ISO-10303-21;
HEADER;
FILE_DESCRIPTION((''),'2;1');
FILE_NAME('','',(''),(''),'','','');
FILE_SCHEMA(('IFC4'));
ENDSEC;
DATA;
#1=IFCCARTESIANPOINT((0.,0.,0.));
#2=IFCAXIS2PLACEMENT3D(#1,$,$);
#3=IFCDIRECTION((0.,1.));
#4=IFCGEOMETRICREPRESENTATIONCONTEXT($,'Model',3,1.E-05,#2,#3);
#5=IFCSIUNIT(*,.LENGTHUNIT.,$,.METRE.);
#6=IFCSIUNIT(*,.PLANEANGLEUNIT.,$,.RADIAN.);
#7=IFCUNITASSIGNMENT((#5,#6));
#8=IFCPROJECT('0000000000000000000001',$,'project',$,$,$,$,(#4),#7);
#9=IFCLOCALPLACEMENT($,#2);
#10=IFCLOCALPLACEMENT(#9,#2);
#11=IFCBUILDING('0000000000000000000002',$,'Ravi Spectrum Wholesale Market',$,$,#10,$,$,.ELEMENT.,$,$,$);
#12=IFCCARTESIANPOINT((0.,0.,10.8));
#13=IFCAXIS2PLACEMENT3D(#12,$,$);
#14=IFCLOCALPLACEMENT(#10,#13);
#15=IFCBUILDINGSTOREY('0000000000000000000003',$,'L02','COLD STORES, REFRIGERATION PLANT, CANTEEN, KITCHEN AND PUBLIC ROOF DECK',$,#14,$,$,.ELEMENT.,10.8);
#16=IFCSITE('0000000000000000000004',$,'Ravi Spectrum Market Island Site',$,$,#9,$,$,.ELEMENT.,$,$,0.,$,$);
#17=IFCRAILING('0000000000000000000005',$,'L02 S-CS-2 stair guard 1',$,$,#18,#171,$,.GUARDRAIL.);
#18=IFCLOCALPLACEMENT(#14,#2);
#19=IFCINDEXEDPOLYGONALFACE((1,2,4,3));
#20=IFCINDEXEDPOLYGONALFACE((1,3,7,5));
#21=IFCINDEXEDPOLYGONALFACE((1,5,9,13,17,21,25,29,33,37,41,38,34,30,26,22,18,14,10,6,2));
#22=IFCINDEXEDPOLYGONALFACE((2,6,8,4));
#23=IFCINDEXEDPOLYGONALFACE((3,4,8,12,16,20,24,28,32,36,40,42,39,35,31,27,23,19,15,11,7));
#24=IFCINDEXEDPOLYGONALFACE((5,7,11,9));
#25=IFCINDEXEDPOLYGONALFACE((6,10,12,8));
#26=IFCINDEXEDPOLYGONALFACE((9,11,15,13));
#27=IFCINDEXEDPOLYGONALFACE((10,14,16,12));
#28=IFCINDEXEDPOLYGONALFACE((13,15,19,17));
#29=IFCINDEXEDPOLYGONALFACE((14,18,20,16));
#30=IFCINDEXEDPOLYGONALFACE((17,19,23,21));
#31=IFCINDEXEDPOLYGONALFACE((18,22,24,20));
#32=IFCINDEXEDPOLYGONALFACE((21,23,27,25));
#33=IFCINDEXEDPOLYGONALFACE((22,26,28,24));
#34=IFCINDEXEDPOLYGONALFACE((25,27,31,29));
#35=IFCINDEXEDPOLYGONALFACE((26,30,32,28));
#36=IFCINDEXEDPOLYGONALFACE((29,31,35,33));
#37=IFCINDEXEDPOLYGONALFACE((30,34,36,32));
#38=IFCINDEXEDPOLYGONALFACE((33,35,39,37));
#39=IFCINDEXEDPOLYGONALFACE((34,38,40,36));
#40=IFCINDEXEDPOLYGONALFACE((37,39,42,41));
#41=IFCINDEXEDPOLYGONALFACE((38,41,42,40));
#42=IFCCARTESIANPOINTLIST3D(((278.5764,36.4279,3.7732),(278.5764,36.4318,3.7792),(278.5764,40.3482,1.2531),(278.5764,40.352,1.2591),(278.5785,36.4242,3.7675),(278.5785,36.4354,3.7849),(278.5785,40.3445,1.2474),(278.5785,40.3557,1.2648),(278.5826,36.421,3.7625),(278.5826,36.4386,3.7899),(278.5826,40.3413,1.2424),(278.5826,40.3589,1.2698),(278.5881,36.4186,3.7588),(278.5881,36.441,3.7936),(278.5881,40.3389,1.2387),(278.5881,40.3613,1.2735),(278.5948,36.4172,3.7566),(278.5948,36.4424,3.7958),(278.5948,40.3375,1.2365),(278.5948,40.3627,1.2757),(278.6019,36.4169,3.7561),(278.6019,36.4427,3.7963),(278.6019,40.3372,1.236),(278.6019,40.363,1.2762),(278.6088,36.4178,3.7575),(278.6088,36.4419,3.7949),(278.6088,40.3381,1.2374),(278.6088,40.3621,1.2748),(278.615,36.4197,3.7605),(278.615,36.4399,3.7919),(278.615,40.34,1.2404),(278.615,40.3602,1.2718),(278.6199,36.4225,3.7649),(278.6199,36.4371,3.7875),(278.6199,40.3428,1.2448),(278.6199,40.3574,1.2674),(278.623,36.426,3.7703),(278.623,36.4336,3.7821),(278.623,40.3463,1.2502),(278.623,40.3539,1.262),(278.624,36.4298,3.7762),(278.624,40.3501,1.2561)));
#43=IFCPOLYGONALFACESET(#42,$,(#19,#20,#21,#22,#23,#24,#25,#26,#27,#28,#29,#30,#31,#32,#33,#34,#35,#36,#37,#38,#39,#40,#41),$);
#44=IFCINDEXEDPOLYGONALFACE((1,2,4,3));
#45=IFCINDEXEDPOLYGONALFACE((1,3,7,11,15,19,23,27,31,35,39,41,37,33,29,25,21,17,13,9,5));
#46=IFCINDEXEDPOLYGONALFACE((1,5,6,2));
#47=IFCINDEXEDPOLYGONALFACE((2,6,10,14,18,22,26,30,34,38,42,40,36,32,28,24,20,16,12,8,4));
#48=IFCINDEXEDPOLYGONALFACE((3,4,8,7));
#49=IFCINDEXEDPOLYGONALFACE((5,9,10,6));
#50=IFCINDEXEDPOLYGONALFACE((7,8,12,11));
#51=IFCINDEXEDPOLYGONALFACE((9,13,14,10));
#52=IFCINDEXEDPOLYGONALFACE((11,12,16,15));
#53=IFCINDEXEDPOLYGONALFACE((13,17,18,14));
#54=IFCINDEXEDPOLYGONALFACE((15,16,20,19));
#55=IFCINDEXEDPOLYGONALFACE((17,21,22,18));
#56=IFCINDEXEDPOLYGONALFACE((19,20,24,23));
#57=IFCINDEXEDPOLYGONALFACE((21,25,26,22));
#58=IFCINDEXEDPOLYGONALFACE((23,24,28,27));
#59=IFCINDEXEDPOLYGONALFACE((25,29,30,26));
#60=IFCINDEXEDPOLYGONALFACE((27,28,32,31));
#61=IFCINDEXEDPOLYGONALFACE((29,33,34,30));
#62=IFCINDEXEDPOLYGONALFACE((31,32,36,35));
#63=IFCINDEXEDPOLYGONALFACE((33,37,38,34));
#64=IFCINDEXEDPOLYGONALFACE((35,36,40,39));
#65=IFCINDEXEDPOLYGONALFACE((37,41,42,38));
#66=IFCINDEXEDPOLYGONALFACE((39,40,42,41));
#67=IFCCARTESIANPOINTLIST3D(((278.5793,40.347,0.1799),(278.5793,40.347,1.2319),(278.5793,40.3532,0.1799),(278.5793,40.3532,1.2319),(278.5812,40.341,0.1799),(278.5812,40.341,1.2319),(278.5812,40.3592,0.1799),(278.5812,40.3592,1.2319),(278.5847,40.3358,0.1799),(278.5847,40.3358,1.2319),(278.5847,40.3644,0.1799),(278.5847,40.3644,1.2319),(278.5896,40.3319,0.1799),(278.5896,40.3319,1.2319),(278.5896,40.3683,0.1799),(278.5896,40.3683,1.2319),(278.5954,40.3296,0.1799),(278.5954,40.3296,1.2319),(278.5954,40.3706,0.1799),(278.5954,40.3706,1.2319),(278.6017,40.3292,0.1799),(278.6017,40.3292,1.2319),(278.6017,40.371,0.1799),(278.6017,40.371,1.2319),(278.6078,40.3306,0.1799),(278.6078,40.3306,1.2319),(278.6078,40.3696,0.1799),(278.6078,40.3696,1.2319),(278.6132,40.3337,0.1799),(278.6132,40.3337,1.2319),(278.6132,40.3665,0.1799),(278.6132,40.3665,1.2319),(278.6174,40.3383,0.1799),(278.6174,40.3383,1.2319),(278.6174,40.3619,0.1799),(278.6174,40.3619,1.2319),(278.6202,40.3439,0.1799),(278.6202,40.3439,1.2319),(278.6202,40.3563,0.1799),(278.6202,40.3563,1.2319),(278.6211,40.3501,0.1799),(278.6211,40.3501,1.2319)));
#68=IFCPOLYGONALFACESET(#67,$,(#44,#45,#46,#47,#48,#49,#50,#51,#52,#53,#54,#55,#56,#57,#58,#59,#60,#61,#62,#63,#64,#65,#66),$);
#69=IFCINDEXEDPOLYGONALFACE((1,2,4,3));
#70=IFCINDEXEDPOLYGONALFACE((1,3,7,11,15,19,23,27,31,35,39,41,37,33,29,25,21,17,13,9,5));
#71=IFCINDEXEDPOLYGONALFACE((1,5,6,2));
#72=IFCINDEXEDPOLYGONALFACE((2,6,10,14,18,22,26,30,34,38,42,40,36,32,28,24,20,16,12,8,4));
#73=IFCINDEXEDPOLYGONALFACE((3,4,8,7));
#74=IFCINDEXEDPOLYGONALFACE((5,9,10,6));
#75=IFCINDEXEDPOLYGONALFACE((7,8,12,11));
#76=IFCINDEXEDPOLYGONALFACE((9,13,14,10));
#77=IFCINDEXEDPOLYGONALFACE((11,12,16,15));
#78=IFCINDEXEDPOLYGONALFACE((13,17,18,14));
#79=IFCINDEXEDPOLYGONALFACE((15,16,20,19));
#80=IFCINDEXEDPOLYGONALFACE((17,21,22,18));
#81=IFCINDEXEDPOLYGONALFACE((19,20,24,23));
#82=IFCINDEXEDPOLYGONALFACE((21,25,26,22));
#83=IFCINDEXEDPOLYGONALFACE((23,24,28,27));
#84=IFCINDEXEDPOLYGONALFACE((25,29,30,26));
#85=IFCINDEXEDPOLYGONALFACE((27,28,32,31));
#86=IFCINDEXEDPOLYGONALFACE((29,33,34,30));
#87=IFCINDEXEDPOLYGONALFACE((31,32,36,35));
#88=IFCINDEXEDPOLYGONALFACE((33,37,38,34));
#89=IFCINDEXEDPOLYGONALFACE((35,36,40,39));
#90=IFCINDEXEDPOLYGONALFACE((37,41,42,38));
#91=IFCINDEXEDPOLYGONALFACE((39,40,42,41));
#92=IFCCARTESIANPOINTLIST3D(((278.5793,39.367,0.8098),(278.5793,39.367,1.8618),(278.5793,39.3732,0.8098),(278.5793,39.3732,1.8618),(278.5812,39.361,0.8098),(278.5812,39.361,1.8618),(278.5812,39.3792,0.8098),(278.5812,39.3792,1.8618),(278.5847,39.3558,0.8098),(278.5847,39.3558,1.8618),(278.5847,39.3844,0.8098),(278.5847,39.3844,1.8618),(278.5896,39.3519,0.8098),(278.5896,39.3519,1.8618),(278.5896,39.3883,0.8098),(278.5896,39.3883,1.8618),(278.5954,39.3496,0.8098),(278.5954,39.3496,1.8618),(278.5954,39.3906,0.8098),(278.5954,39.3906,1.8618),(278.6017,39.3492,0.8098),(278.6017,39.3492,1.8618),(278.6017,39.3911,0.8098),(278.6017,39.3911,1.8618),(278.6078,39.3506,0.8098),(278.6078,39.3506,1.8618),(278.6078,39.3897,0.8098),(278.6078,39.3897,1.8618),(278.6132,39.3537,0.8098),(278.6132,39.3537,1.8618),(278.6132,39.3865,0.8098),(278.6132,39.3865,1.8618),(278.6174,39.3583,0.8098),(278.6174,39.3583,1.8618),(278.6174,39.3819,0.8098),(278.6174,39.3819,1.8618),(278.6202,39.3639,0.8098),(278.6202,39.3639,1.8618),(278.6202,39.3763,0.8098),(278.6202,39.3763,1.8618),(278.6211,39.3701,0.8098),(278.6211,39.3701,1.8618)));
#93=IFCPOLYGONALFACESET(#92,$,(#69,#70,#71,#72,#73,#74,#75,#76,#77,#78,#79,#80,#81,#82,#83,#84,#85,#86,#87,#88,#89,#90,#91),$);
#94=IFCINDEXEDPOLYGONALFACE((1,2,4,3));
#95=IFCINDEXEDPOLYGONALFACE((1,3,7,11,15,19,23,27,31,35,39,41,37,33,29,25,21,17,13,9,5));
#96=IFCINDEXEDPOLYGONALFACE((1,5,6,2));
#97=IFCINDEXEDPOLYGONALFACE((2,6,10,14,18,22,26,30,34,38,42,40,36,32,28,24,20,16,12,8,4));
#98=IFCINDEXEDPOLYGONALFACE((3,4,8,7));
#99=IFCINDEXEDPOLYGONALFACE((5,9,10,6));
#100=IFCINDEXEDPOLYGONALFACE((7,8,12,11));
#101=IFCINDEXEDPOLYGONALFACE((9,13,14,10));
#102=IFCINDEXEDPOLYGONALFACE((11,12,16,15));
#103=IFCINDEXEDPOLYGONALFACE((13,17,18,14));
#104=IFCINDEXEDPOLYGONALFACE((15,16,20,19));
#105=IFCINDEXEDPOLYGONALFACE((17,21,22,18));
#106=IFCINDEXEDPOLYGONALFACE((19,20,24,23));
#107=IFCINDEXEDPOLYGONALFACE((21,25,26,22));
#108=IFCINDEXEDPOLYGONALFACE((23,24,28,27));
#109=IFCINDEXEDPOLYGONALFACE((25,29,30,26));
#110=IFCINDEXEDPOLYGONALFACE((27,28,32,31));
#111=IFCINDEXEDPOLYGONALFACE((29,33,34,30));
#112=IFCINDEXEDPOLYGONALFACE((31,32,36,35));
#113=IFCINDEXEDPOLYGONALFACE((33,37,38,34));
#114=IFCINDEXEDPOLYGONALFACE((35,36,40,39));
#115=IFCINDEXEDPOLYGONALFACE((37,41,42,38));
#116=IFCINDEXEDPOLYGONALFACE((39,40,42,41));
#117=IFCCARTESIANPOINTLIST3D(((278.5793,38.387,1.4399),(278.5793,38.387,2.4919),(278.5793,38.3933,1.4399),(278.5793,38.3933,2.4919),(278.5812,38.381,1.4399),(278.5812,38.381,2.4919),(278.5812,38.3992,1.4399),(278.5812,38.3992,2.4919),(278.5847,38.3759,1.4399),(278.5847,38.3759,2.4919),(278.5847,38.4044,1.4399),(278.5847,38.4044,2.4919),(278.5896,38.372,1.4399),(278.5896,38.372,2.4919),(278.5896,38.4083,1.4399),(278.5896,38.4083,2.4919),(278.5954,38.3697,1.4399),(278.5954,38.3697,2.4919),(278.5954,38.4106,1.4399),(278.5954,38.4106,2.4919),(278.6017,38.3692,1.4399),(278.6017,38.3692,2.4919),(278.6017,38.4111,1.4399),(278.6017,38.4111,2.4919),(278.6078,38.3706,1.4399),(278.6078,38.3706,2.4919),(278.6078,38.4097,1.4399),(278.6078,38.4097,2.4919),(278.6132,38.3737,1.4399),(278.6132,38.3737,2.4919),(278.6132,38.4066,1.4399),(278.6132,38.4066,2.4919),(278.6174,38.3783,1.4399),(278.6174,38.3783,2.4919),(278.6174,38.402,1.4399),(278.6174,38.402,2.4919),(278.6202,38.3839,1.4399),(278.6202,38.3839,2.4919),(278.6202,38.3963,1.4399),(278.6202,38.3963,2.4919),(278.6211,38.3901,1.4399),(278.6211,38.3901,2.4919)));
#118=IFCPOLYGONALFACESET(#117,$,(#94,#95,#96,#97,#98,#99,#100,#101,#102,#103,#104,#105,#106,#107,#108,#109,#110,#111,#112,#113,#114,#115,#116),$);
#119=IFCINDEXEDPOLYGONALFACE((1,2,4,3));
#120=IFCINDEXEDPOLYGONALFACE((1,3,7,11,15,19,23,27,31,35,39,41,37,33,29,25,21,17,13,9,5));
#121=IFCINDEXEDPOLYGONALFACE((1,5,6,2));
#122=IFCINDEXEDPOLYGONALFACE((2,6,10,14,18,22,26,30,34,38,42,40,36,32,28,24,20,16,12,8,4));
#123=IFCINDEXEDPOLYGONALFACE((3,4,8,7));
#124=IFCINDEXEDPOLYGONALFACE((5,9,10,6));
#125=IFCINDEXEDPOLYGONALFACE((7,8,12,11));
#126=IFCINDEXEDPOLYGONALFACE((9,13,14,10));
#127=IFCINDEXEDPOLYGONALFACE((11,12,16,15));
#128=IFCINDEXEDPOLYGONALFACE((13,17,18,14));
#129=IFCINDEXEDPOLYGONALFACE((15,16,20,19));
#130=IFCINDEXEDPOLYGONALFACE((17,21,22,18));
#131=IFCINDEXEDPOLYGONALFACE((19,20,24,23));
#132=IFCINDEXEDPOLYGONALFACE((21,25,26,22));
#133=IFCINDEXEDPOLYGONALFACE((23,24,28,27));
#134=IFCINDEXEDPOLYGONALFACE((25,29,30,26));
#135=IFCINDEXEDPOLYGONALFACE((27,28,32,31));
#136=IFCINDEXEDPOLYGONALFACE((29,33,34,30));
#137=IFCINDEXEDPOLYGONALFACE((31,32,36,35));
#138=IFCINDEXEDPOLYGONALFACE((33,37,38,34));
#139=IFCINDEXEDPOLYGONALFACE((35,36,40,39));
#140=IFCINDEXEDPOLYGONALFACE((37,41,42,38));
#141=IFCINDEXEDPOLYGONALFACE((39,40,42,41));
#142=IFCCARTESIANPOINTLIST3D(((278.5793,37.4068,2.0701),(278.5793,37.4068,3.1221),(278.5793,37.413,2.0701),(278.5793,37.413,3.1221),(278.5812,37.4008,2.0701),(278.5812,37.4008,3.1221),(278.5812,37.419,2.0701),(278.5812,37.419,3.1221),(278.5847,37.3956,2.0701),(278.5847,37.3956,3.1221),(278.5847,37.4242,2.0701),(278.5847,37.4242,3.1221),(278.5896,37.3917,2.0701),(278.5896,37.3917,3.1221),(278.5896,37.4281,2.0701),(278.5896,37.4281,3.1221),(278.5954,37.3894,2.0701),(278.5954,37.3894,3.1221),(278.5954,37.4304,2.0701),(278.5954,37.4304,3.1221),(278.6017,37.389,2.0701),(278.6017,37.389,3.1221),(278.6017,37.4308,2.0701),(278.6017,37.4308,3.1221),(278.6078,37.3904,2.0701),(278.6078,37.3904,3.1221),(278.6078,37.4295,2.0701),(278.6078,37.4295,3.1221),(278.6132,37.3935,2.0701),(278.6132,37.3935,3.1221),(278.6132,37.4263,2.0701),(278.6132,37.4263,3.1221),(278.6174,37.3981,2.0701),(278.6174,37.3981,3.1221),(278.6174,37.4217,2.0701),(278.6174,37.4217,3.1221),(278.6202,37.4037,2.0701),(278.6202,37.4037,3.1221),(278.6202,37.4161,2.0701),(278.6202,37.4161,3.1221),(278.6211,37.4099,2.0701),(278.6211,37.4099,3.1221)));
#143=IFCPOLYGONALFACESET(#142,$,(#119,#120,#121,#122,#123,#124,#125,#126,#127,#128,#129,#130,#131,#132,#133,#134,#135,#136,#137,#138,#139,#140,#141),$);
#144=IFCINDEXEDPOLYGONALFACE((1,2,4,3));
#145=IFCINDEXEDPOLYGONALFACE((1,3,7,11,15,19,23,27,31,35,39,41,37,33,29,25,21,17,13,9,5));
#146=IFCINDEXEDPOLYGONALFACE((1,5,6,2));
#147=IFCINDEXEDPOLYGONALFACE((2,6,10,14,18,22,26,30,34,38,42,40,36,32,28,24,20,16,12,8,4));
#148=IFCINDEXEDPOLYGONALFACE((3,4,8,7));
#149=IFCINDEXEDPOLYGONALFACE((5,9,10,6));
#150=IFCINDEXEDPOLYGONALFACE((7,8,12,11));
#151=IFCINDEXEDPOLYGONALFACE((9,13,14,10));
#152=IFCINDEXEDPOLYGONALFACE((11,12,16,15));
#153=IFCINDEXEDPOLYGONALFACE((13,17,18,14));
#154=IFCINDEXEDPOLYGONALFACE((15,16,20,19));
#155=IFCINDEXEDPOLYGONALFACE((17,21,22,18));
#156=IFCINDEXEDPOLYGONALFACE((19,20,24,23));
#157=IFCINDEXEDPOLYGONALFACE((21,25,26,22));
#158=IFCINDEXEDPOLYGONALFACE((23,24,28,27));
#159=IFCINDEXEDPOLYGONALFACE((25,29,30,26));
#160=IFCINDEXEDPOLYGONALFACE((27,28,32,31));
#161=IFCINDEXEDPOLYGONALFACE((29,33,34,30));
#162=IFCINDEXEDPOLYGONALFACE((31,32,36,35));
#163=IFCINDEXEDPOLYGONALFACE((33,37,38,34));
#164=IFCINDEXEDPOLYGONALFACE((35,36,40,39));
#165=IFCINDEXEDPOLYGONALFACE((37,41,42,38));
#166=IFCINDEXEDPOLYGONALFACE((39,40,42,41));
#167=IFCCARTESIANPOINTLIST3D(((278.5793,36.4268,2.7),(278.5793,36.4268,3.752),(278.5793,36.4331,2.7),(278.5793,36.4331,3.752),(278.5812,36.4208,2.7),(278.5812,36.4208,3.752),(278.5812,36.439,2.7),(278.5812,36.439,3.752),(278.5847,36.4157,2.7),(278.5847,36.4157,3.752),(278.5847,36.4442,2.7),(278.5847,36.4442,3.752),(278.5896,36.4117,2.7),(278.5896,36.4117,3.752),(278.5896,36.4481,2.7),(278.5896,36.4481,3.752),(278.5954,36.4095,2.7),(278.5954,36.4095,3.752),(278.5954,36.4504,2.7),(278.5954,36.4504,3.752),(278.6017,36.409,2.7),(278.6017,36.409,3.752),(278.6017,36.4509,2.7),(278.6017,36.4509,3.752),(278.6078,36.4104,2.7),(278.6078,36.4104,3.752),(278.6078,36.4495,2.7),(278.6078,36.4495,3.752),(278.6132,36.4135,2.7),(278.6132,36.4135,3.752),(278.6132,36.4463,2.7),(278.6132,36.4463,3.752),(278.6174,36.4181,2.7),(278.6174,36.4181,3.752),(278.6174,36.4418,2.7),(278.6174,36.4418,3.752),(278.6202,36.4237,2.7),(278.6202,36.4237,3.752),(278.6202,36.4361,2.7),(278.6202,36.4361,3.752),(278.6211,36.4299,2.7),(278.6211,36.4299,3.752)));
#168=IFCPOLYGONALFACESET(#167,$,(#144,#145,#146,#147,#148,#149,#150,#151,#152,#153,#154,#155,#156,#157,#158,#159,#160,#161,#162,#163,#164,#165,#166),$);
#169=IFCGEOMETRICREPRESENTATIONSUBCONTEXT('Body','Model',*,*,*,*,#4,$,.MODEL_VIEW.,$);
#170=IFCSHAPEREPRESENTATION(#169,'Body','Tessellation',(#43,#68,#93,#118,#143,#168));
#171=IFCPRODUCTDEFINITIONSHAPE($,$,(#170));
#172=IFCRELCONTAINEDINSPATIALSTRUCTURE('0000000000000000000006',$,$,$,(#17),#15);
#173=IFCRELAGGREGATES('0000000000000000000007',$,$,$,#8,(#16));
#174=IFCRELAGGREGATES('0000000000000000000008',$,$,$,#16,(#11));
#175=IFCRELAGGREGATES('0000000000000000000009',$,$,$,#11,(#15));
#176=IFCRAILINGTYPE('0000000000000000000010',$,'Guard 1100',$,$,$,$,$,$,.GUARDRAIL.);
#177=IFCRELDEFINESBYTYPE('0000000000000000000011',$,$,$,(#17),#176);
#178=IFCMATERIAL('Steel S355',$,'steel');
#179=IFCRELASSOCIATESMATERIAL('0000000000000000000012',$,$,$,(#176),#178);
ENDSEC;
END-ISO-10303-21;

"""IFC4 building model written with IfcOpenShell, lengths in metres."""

from ifc_helpers import new_model, si_unit, direction, frame, origin, origin_2d, place, context, subcontext, project, spatial, circle, extrude, material, type_object, element, save


model = new_model("IFC4")

# Units and contexts
model_context = context("Model", 3, precision=1e-05, world=origin(), true_north=direction((0.0, 1.0)))
body_context = subcontext(model_context, "Body", "Model", "MODEL_VIEW")
ifc_project = project(units=[si_unit("LENGTHUNIT", "METRE"), si_unit("PLANEANGLEUNIT", "RADIAN")], contexts=[model_context])

# Site, building, storey
site_placement = place(None, origin())
site = spatial("IfcSite", under=ifc_project, at=site_placement, Name="Ravi Spectrum Market Island Site", CompositionType="ELEMENT", RefElevation=0.0)
building_placement = place(site_placement, origin())
building = spatial("IfcBuilding", under=site, at=building_placement, Name="Ravi Spectrum Wholesale Market", CompositionType="ELEMENT")
storey_placement = place(building_placement, frame((0.0, 0.0, 10.8)))
storey = spatial("IfcBuildingStorey", under=building, at=storey_placement, Name="L02", Description="COLD STORES, REFRIGERATION PLANT, CANTEEN, KITCHEN AND PUBLIC ROOF DECK", CompositionType="ELEMENT", Elevation=10.8)

# Railing
ifc_material_1 = material(Name="Steel S355", Category="steel")
railing_type_1 = type_object("IfcRailingType", Name="Guard 1100", PredefinedType="GUARDRAIL", material=ifc_material_1)
railing_1_placement = place(storey_placement, frame((278.6001, 40.3501, 0.1799)))
element("IfcRailing", 1, at=railing_1_placement, inside=storey, type_object=railing_type_1, Name="L02 S-CS-2 stair guard 1", PredefinedType="GUARDRAIL", context=body_context, shape_type="SweptSolid", body=[
    extrude(circle(Radius=0.0239, at=origin_2d()), frame((0.0, 0.0, 1.0762), z_axis=(0.0, -0.841187, 0.540744), x_axis=(1.0, 0.0, 0.0)), (0.0, 0.0, 1.0), 4.6604),
    extrude(circle(Radius=0.021, at=origin_2d()), origin(), (0.0, 0.0, 1.0), 1.052),
    extrude(circle(Radius=0.021, at=origin_2d()), frame((0.0, -0.98, 0.6299)), (0.0, 0.0, 1.0), 1.052),
    extrude(circle(Radius=0.021, at=origin_2d()), frame((0.0, -1.96, 1.26)), (0.0, 0.0, 1.0), 1.052),
    extrude(circle(Radius=0.021, at=origin_2d()), frame((0.0, -2.9402, 1.8901)), (0.0, 0.0, 1.0), 1.052),
    extrude(circle(Radius=0.021, at=origin_2d()), frame((0.0, -3.9202, 2.52)), (0.0, 0.0, 1.0), 1.052),
])

save(model, "model.ifc")
